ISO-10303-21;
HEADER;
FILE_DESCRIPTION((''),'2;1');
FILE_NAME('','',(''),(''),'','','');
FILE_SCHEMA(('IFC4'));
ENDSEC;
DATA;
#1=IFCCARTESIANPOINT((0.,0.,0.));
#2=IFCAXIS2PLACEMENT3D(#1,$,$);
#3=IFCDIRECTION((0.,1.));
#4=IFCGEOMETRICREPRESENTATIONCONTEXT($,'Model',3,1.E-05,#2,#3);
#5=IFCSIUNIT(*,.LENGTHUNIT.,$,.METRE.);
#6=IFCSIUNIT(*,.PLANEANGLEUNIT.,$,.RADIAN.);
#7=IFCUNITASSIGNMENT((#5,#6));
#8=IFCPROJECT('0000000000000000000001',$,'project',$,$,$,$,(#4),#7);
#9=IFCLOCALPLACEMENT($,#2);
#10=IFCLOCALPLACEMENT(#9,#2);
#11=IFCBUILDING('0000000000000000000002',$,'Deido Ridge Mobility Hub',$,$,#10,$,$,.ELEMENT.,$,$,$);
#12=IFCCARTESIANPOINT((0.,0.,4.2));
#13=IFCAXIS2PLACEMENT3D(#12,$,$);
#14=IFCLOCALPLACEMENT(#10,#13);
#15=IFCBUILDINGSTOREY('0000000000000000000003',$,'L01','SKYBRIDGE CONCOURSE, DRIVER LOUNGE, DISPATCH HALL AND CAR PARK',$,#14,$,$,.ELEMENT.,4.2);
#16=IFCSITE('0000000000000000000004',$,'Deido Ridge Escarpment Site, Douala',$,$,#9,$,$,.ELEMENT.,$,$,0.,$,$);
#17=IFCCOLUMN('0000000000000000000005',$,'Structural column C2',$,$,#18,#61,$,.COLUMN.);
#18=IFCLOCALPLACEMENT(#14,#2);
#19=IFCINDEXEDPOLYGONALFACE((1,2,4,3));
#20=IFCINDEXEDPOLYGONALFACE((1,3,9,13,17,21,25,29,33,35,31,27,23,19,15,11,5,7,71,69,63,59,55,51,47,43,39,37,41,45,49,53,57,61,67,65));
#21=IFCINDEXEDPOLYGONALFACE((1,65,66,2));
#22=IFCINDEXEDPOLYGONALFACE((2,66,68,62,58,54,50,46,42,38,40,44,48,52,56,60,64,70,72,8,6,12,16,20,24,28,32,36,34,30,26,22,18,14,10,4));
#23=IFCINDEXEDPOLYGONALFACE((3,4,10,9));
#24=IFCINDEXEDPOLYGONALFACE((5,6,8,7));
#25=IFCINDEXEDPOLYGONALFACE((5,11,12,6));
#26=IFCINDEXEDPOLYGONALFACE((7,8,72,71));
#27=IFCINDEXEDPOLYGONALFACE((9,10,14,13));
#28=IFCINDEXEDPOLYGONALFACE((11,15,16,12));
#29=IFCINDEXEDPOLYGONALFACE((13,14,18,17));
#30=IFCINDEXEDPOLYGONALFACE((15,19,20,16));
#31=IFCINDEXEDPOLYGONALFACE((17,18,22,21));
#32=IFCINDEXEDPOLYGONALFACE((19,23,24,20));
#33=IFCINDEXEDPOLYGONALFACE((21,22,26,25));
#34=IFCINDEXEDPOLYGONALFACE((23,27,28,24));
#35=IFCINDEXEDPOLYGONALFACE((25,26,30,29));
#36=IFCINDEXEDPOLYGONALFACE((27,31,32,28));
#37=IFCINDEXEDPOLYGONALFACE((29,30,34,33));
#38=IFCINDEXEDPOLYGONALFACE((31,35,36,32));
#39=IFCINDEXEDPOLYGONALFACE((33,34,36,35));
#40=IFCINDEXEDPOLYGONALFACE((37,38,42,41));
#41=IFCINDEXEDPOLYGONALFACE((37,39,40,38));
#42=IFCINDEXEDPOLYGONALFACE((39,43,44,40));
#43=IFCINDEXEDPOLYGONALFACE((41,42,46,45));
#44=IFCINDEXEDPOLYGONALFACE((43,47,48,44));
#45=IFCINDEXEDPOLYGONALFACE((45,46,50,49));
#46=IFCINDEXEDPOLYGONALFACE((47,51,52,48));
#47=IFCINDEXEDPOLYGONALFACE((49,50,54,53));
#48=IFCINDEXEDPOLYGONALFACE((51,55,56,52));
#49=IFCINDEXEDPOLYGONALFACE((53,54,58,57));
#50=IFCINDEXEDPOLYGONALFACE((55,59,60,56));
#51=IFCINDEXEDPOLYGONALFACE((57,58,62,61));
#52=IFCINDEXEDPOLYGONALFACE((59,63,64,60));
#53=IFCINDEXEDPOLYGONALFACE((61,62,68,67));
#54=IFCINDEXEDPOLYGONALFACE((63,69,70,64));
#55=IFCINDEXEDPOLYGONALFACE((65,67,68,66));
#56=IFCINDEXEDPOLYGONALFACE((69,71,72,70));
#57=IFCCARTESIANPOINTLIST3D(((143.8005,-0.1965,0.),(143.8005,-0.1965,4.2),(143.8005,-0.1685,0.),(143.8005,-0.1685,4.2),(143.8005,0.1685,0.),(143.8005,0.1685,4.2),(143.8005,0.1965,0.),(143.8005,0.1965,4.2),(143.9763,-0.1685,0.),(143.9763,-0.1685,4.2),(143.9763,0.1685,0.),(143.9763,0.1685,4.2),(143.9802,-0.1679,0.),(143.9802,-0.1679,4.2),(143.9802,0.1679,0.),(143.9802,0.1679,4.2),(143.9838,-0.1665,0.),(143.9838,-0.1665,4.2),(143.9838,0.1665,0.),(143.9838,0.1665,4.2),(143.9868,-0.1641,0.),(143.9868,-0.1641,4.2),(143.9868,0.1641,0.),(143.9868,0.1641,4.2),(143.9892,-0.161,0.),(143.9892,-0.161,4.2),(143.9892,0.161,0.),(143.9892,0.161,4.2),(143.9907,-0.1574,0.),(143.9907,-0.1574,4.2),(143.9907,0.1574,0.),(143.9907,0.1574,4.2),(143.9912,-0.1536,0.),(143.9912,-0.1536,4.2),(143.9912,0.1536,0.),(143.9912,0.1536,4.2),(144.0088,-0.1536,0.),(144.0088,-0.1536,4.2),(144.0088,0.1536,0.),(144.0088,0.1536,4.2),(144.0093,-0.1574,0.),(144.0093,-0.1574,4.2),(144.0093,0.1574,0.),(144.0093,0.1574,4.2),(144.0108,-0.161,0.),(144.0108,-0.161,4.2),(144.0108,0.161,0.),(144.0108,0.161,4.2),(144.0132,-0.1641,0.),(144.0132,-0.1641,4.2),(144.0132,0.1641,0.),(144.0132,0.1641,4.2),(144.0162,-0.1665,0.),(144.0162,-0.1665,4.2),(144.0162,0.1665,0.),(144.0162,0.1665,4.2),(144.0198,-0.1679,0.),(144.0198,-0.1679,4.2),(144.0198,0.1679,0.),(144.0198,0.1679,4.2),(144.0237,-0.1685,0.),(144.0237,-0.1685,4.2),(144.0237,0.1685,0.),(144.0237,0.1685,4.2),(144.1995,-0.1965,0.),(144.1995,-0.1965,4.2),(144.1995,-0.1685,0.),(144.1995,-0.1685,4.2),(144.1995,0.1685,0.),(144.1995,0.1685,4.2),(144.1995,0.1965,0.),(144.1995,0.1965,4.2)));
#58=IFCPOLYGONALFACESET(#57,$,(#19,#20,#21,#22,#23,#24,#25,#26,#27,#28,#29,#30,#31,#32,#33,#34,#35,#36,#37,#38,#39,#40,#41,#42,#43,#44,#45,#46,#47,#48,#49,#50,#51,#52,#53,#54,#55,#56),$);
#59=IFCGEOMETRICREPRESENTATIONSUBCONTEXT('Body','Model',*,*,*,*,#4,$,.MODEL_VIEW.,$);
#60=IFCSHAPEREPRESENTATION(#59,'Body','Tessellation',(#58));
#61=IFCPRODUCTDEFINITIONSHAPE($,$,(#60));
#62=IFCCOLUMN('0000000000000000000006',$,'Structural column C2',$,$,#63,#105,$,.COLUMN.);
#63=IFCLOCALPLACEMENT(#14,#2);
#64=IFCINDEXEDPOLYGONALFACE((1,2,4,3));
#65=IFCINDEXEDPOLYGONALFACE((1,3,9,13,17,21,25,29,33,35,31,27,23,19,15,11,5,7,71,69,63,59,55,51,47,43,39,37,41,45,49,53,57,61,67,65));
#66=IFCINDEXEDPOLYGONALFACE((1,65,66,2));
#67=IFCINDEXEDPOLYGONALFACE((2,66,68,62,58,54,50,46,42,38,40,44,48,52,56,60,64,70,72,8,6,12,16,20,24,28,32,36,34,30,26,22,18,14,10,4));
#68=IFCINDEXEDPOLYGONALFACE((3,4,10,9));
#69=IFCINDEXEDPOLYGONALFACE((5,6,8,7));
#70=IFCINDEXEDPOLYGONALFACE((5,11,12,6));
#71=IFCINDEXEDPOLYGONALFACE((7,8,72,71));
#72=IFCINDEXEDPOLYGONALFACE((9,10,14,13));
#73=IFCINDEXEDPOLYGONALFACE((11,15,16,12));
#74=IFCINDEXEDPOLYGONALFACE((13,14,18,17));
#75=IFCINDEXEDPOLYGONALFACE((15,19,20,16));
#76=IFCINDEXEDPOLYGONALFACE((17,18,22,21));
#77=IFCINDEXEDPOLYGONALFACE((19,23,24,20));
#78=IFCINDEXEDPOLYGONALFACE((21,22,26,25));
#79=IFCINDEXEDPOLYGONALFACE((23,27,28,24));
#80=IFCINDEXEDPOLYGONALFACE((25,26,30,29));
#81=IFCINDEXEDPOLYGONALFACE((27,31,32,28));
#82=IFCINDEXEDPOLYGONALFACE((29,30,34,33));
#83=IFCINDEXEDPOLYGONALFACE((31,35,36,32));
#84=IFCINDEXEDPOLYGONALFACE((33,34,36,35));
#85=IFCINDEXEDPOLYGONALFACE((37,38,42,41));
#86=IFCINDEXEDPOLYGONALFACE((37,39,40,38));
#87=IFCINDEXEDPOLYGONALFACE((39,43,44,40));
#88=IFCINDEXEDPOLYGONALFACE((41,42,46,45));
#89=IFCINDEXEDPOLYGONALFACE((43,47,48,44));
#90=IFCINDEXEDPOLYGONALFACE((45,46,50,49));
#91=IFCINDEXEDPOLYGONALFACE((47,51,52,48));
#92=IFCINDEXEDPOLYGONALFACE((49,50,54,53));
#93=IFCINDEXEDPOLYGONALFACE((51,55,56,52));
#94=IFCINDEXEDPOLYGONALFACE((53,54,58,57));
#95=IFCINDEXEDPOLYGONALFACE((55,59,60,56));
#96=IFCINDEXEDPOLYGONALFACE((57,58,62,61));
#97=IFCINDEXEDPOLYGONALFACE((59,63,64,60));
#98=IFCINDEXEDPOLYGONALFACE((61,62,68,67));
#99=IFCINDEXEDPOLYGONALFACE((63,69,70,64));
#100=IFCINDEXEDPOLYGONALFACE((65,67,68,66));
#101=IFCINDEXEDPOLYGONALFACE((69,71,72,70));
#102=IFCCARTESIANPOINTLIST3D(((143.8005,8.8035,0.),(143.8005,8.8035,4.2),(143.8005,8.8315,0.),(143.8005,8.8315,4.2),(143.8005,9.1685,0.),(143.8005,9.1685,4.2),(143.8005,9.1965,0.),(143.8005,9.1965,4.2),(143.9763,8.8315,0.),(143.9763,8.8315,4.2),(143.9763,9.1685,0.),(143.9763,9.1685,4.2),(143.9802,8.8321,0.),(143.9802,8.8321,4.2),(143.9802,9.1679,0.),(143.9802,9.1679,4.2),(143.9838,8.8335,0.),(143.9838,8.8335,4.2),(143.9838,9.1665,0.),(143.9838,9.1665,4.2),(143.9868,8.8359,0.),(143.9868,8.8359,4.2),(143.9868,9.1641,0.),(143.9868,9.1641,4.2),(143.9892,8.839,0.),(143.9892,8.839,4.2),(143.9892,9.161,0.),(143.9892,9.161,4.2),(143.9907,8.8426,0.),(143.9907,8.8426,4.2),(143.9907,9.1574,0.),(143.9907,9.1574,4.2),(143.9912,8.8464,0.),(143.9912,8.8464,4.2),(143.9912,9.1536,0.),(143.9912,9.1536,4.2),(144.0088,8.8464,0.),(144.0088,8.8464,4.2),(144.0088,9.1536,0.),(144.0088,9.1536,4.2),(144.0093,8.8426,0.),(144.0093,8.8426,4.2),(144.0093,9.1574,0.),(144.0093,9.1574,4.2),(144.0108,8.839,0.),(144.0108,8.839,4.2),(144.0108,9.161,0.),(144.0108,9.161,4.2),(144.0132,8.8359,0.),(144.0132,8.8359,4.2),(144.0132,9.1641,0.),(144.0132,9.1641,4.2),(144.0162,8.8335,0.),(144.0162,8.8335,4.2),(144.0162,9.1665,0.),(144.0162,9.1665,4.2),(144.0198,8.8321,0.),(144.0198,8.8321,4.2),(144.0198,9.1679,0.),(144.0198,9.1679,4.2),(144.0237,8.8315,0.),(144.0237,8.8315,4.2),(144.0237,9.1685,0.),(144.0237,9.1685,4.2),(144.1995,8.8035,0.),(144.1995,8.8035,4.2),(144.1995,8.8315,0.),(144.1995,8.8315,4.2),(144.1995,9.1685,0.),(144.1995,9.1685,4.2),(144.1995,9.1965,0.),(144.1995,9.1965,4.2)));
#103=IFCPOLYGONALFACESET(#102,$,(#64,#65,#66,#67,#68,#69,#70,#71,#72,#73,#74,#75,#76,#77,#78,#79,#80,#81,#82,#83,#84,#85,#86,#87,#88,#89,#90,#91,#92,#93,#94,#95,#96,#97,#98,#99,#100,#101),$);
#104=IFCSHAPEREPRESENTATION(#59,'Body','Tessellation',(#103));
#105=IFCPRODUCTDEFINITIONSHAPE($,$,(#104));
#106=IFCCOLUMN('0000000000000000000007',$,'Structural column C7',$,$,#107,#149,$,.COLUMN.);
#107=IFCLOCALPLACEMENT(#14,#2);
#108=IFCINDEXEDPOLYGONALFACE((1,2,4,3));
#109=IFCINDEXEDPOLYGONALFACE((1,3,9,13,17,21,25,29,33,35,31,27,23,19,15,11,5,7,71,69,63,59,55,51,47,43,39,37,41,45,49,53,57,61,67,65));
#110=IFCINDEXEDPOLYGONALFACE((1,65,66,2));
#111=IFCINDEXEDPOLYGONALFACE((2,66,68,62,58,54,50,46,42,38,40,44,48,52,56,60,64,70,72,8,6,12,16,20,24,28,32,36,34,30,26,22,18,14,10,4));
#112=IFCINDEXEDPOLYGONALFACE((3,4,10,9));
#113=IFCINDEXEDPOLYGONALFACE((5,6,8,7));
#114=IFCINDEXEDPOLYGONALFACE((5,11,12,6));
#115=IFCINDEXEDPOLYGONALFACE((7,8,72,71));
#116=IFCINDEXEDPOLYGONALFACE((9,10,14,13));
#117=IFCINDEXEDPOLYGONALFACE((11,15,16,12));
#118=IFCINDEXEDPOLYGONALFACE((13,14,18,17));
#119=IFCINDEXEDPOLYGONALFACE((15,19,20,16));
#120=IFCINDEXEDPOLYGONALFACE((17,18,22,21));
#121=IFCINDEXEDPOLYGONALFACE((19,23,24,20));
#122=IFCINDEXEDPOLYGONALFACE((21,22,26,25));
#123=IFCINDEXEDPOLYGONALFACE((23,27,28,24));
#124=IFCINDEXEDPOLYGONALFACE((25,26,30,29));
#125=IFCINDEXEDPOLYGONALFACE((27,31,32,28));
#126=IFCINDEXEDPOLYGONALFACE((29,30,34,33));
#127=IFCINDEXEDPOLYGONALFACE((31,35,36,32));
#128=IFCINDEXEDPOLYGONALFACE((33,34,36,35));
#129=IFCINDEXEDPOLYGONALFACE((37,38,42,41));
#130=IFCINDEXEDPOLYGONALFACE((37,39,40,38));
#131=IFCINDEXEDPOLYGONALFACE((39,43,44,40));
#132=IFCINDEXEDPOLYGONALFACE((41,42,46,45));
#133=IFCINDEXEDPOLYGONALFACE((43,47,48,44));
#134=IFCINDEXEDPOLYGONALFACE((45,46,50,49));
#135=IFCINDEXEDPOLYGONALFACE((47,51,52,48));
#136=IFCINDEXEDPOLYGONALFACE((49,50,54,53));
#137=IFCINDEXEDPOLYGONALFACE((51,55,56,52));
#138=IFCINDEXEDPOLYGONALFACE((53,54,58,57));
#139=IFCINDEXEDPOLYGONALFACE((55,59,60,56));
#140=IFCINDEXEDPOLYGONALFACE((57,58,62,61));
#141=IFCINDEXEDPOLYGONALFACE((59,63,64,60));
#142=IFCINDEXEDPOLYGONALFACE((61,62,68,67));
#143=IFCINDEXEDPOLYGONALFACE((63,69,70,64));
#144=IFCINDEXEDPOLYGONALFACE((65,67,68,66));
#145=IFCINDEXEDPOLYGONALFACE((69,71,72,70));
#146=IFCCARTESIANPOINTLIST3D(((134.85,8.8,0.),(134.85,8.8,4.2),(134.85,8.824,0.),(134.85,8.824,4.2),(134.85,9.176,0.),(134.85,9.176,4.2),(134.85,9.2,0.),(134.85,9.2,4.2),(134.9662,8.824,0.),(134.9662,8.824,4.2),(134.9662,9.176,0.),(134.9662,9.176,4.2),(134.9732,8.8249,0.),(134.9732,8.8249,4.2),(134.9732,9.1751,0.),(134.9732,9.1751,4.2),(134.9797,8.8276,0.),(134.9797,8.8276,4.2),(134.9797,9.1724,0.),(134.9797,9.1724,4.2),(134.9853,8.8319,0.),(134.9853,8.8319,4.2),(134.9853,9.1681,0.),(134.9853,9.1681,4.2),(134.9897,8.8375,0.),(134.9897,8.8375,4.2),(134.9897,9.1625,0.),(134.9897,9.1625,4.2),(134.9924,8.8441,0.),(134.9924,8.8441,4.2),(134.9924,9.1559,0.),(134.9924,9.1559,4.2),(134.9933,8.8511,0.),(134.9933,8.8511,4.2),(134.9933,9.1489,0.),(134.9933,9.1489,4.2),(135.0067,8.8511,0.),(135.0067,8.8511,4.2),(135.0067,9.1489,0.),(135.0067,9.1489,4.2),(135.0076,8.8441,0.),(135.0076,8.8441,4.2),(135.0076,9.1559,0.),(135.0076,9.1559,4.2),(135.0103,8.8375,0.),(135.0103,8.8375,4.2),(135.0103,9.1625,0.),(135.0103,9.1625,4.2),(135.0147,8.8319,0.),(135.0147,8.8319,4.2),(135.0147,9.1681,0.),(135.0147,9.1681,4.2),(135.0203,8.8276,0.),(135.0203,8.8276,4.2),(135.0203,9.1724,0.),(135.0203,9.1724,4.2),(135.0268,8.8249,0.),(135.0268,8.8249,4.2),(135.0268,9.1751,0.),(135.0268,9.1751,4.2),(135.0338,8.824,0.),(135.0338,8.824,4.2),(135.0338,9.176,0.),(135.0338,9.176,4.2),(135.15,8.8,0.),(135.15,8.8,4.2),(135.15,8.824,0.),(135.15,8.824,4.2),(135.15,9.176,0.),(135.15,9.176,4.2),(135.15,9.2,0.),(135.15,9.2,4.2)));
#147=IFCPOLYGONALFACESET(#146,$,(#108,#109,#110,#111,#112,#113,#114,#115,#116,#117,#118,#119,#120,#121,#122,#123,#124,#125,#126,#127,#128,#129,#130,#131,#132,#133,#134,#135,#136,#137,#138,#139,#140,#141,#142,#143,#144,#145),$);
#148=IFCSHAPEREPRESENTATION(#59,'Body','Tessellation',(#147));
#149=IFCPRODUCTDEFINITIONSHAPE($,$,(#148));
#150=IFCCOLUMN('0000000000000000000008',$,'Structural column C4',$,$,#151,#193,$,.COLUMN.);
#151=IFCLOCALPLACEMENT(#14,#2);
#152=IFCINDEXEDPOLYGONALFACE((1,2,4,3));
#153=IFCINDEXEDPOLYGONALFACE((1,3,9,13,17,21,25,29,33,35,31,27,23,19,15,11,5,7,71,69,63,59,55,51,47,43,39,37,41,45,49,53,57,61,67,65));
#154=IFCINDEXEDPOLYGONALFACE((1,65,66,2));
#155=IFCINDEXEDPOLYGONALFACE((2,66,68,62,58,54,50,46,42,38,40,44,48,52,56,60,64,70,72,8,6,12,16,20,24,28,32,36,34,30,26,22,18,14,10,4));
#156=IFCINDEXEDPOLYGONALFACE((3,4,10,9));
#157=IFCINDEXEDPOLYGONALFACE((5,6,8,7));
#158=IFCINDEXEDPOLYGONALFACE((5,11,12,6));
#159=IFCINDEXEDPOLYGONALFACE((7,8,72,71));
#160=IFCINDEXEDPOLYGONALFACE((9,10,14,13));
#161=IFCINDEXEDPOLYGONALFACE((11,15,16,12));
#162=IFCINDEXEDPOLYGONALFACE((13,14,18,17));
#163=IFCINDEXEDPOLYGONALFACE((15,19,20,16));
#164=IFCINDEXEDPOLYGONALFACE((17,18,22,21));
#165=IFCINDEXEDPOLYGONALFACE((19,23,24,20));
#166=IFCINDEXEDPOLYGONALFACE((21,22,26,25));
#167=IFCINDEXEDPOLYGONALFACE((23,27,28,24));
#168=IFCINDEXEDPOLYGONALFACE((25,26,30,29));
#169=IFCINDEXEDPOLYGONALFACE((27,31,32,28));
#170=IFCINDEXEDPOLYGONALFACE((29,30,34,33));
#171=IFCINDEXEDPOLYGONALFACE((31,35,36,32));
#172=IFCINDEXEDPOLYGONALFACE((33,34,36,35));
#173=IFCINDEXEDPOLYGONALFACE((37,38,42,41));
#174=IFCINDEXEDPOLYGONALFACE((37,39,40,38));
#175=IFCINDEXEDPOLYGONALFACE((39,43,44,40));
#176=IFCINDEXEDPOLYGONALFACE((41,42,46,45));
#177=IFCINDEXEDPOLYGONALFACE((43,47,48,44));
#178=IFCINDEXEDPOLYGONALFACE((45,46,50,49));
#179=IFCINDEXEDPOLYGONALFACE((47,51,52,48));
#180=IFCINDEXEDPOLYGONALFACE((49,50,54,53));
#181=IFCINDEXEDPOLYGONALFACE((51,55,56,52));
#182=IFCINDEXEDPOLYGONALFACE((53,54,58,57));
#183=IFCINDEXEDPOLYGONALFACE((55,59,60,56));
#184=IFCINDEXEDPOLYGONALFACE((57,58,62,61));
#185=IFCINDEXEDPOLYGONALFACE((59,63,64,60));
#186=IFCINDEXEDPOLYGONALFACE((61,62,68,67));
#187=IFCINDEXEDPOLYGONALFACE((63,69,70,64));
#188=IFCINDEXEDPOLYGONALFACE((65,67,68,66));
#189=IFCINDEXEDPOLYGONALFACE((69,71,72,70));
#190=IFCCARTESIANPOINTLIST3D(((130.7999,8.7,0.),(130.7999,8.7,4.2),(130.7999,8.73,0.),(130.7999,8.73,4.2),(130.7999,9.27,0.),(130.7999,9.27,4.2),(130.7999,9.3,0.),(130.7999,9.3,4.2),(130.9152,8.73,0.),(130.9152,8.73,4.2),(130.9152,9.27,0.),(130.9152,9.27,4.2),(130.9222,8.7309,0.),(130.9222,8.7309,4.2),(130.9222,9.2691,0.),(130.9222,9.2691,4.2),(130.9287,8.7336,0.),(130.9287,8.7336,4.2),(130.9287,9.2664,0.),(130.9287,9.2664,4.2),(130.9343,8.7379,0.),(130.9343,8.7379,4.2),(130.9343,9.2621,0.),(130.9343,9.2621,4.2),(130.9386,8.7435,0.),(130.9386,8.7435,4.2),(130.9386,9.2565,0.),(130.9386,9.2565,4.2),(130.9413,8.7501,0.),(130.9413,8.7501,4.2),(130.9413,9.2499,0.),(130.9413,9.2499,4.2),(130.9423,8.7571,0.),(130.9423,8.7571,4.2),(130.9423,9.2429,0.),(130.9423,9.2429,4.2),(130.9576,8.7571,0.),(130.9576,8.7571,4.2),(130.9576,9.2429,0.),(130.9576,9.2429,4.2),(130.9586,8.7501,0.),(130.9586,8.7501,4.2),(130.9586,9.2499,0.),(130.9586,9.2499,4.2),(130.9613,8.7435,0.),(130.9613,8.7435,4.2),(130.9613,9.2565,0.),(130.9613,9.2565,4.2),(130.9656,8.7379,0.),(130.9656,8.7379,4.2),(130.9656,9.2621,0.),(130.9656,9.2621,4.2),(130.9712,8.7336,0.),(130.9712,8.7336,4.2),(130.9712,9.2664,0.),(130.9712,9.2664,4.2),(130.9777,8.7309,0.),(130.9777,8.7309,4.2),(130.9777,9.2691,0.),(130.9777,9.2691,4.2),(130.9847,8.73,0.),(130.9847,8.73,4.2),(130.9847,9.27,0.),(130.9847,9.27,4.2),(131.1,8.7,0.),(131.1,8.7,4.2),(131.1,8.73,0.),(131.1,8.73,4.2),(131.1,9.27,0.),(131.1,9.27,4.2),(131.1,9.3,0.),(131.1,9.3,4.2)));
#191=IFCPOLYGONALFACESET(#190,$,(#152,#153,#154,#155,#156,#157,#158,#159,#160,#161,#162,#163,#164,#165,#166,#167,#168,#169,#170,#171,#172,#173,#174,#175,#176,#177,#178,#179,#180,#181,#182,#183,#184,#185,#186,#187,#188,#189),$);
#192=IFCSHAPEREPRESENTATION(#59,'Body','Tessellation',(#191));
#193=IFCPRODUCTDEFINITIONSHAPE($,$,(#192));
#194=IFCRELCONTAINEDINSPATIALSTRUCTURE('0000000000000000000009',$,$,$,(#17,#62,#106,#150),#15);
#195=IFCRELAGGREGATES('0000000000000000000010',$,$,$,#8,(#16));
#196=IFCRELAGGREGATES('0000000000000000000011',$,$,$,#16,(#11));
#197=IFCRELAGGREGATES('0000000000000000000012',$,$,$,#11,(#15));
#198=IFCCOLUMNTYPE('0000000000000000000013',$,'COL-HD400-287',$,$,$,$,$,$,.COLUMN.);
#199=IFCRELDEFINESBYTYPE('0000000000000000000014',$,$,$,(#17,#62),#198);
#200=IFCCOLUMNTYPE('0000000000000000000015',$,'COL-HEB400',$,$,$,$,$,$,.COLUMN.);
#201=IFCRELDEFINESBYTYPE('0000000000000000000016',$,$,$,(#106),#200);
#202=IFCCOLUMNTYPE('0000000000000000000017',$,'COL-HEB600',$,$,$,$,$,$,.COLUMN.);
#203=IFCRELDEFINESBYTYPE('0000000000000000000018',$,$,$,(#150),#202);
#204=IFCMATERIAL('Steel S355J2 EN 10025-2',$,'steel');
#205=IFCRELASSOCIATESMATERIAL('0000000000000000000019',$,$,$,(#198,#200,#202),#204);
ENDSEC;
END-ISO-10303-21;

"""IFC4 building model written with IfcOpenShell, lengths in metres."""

from ifc_helpers import new_model, si_unit, direction, frame, origin, origin_2d, place, context, subcontext, project, spatial, i_section, extrude, material, material_profile, profile_set, type_object, element, save


model = new_model("IFC4")

# Units and contexts
model_context = context("Model", 3, precision=1e-05, world=origin(), true_north=direction((0.0, 1.0)))
body_context = subcontext(model_context, "Body", "Model", "MODEL_VIEW")
ifc_project = project(units=[si_unit("LENGTHUNIT", "METRE"), si_unit("PLANEANGLEUNIT", "RADIAN")], contexts=[model_context])

# Site, building, storey
site_placement = place(None, origin())
site = spatial("IfcSite", under=ifc_project, at=site_placement, Name="Deido Ridge Escarpment Site, Douala", CompositionType="ELEMENT", RefElevation=0.0)
building_placement = place(site_placement, origin())
building = spatial("IfcBuilding", under=site, at=building_placement, Name="Deido Ridge Mobility Hub", CompositionType="ELEMENT")
storey_placement = place(building_placement, frame((0.0, 0.0, 4.2)))
storey = spatial("IfcBuildingStorey", under=building, at=storey_placement, Name="L01", Description="SKYBRIDGE CONCOURSE, DRIVER LOUNGE, DISPATCH HALL AND CAR PARK", CompositionType="ELEMENT", Elevation=4.2)

# Columns
ifc_material_1 = material(Name="Steel S355J2 EN 10025-2", Category="steel")
ifc_material_profile_1 = material_profile(ifc_material_1, i_section(OverallWidth=0.3989, OverallDepth=0.3931, WebThickness=0.0176, FlangeThickness=0.0281, FilletRadius=0.0149, at=origin_2d()), Name="HD 400x287")
ifc_profile_set_1 = profile_set([ifc_material_profile_1], Name="Steel S355J2 EN 10025-2")
column_type_1 = type_object("IfcColumnType", Name="COL-HD400-287", PredefinedType="COLUMN", material=ifc_profile_set_1)
for number, where, z_axis, x_axis, name in (
    (1, (144.0, 0.0, 0.0), (0.0, 0.0, 1.0), (1.0, 0.0, 0.0), "Structural column C2"),
    (2, (144.0, 9.0, 0.0), (0.0, 0.0, 1.0), (1.0, 0.0, 0.0), "Structural column C2"),
):
    element("IfcColumn", number, at=place(storey_placement, frame(where, z_axis=z_axis, x_axis=x_axis)), inside=storey, type_object=column_type_1, Name=name, PredefinedType="COLUMN", context=body_context, shape_type="SweptSolid", body=[
        extrude(i_section(OverallWidth=0.3989, OverallDepth=0.3931, WebThickness=0.0176, FlangeThickness=0.0281, FilletRadius=0.0149, at=origin_2d()), origin(), (0.0, 0.0, 1.0), 4.2),
    ])
ifc_material_profile_2 = material_profile(ifc_material_1, i_section(OverallWidth=0.3, OverallDepth=0.3999, WebThickness=0.0134, FlangeThickness=0.0239, FilletRadius=0.0271, at=origin_2d()), Name="HEB 400")
ifc_profile_set_2 = profile_set([ifc_material_profile_2], Name="Steel S355J2 EN 10025-2")
column_type_2 = type_object("IfcColumnType", Name="COL-HEB400", PredefinedType="COLUMN", material=ifc_profile_set_2)
column_placement = place(storey_placement, frame((135.0, 9.0, 0.0), z_axis=(0.0, 0.0, 1.0), x_axis=(1.0, 0.0, 0.0)))
element("IfcColumn", 3, at=column_placement, inside=storey, type_object=column_type_2, Name="Structural column C7", PredefinedType="COLUMN", context=body_context, shape_type="SweptSolid", body=[
    extrude(i_section(OverallWidth=0.3, OverallDepth=0.3999, WebThickness=0.0134, FlangeThickness=0.0239, FilletRadius=0.0271, at=origin_2d()), origin(), (0.0, 0.0, 1.0), 4.2),
])
ifc_material_profile_3 = material_profile(ifc_material_1, i_section(OverallWidth=0.3, OverallDepth=0.6001, WebThickness=0.0154, FlangeThickness=0.03, FilletRadius=0.0271, at=origin_2d()), Name="HEB 600")
ifc_profile_set_3 = profile_set([ifc_material_profile_3], Name="Steel S355J2 EN 10025-2")
column_type_3 = type_object("IfcColumnType", Name="COL-HEB600", PredefinedType="COLUMN", material=ifc_profile_set_3)
for number, where, z_axis, x_axis, name in (
    (4, (130.95, 9.0, 0.0), (0.0, 0.0, 1.0), (1.0, 0.0, 0.0), "Structural column C4"),
):
    element("IfcColumn", number, at=place(storey_placement, frame(where, z_axis=z_axis, x_axis=x_axis)), inside=storey, type_object=column_type_3, Name=name, PredefinedType="COLUMN", context=body_context, shape_type="SweptSolid", body=[
        extrude(i_section(OverallWidth=0.3, OverallDepth=0.6001, WebThickness=0.0154, FlangeThickness=0.03, FilletRadius=0.0271, at=origin_2d()), origin(), (0.0, 0.0, 1.0), 4.2),
    ])

save(model, "model.ifc")
